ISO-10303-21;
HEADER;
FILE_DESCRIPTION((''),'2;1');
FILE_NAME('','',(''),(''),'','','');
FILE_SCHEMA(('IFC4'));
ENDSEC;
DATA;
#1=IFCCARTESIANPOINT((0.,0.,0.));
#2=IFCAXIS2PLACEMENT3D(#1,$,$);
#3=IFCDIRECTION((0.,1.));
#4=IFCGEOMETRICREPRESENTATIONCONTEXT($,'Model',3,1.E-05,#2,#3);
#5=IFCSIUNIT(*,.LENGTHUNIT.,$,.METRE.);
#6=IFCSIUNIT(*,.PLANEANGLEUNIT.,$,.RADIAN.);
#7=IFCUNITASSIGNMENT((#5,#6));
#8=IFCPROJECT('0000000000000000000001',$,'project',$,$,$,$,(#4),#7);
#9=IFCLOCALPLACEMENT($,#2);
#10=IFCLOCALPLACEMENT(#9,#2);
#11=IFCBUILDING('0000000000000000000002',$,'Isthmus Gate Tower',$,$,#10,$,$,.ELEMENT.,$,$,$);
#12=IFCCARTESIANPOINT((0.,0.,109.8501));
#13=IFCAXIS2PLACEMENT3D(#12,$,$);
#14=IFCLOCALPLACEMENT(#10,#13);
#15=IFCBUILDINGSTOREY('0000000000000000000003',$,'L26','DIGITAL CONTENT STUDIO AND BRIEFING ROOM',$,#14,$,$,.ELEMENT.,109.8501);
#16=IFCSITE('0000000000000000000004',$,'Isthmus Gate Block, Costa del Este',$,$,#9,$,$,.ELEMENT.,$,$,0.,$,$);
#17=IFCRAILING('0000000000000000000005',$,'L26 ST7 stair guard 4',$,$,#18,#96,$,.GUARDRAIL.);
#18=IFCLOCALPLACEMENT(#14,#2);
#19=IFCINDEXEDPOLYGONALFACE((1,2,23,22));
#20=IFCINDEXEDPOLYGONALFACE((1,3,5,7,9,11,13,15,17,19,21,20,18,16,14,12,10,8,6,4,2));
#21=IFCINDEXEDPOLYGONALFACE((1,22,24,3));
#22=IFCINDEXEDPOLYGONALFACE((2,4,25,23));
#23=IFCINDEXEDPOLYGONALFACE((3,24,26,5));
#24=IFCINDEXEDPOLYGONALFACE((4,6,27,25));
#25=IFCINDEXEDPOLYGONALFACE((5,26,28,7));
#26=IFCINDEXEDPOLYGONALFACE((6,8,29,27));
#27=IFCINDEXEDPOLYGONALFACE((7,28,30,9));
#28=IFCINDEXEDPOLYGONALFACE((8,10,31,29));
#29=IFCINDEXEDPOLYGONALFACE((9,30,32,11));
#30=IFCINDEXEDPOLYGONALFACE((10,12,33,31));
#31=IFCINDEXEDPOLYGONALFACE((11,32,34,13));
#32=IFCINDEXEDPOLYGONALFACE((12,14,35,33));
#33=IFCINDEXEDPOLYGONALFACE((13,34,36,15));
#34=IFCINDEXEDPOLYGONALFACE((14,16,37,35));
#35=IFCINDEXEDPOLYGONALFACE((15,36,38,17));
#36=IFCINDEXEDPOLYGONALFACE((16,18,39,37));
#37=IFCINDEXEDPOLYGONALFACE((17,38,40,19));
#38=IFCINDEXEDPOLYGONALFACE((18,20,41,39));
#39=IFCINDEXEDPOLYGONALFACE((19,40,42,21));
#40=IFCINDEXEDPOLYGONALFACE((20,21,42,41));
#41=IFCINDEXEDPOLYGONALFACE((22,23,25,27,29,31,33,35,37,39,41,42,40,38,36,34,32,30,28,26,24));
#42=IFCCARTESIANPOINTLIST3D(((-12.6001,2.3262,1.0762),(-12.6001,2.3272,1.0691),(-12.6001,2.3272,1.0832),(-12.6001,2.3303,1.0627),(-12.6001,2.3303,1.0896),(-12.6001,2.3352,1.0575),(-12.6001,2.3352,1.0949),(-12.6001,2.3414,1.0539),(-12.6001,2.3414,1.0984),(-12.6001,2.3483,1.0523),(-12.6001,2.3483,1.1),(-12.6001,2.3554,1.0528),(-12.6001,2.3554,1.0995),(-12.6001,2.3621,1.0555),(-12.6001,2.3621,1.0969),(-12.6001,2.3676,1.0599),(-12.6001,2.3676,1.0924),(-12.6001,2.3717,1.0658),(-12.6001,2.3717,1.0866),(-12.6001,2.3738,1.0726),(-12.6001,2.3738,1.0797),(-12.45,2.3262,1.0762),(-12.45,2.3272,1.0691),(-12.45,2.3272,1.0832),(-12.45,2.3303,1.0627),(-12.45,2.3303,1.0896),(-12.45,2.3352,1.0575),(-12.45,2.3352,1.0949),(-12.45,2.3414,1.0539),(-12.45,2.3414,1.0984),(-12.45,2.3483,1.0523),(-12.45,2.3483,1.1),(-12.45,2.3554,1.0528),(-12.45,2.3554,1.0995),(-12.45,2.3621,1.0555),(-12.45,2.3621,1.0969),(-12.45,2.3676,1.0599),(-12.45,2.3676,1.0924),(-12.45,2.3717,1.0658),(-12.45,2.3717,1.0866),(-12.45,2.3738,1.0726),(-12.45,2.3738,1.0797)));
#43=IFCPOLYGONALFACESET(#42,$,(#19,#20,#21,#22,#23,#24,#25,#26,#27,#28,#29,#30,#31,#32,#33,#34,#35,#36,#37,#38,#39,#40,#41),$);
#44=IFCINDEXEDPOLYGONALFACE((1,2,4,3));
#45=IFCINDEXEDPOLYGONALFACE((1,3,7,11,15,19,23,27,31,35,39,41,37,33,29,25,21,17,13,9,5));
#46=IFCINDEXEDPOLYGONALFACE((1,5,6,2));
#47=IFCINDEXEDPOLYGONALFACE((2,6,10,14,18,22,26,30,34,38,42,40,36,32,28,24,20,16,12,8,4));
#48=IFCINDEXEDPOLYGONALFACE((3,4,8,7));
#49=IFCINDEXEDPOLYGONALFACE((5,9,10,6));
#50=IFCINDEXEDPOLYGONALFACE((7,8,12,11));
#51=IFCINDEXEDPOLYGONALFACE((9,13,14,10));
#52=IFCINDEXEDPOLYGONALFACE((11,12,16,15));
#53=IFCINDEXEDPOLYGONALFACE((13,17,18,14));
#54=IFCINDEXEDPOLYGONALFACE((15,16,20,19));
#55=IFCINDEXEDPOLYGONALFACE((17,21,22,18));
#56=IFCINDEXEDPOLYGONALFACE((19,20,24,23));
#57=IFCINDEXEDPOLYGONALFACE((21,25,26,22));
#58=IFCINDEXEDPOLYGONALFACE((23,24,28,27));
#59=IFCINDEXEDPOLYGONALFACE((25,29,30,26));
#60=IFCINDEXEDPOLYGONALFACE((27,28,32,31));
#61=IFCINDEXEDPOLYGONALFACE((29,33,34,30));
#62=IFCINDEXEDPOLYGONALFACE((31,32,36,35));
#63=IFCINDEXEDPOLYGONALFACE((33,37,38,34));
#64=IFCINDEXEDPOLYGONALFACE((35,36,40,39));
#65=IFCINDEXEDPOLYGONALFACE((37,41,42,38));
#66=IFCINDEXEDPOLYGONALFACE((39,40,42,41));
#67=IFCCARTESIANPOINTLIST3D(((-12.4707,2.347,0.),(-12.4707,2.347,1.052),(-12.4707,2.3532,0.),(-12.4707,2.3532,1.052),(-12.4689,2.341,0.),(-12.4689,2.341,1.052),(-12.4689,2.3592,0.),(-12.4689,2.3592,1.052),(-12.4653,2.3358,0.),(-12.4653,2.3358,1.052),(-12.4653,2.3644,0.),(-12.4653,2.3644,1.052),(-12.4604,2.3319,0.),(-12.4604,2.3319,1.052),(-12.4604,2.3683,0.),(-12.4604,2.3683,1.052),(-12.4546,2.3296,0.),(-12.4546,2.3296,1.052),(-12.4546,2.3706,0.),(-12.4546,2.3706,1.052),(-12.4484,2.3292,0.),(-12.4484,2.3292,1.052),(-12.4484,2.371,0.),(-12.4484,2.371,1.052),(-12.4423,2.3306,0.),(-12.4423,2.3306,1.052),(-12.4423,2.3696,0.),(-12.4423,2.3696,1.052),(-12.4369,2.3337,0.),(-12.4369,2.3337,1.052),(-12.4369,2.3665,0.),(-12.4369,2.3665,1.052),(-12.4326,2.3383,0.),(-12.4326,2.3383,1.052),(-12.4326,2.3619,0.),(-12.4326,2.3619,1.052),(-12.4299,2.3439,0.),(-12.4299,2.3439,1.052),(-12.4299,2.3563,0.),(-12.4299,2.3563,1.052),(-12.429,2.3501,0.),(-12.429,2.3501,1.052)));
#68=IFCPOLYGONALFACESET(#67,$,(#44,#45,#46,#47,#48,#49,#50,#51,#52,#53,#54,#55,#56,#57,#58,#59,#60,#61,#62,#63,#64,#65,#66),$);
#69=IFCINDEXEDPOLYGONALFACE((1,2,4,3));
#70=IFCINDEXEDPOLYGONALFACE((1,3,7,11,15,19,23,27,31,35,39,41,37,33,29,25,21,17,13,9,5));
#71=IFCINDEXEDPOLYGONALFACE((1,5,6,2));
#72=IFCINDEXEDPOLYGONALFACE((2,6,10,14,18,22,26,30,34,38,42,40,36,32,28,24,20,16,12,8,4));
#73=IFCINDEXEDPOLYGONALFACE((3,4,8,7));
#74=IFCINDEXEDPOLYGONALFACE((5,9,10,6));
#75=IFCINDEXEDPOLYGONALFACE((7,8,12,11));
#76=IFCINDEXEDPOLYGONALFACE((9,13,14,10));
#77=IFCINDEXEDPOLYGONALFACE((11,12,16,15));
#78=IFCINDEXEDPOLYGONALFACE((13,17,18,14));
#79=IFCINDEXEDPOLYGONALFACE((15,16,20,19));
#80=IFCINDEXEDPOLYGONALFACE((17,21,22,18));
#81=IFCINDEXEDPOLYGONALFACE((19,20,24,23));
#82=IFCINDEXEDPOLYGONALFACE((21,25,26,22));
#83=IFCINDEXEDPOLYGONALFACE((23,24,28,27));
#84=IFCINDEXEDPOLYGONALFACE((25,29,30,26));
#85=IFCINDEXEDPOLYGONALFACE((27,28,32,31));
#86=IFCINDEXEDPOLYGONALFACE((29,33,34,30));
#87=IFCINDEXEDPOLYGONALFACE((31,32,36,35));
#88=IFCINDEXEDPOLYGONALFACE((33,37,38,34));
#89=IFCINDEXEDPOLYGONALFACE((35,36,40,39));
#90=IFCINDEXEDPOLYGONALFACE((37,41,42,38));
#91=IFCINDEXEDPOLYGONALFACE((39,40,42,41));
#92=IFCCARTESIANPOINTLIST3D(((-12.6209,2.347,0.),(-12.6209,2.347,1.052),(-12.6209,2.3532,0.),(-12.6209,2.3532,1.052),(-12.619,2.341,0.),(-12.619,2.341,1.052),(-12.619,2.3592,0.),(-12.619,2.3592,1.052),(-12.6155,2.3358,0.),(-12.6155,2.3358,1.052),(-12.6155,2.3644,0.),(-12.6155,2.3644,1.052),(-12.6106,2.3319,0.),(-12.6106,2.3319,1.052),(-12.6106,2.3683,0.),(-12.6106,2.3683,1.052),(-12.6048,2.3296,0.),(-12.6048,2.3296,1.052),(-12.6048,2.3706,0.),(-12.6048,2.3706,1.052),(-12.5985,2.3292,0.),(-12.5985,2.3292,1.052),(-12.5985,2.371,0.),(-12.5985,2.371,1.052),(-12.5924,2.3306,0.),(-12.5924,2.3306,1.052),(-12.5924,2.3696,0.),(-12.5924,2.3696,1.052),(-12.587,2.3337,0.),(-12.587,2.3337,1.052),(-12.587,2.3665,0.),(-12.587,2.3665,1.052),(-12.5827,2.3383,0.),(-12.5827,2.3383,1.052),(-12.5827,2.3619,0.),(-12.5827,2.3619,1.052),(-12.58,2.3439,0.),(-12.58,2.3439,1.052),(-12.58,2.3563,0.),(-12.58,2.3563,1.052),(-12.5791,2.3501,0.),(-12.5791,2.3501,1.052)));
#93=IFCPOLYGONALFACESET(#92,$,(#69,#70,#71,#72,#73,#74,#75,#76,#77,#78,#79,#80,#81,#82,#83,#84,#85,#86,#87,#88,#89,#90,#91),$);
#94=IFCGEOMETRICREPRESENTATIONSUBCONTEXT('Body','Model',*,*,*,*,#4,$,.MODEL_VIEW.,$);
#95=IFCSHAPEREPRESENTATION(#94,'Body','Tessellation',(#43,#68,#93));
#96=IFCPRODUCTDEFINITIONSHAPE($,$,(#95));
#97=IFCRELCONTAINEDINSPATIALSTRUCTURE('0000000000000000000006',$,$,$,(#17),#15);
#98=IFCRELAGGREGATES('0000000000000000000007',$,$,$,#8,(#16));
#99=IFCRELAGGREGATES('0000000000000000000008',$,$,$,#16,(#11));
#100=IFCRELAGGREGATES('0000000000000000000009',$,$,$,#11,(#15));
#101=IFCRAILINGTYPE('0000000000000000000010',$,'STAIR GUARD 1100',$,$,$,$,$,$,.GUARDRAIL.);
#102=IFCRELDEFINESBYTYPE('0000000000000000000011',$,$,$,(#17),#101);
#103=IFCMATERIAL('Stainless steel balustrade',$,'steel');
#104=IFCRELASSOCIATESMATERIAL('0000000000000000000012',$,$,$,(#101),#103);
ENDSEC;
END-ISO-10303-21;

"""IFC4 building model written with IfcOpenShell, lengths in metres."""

from ifc_helpers import new_model, si_unit, direction, frame, origin, origin_2d, place, context, subcontext, project, spatial, circle, extrude, material, type_object, element, save


model = new_model("IFC4")

# Units and contexts
model_context = context("Model", 3, precision=1e-05, world=origin(), true_north=direction((0.0, 1.0)))
body_context = subcontext(model_context, "Body", "Model", "MODEL_VIEW")
ifc_project = project(units=[si_unit("LENGTHUNIT", "METRE"), si_unit("PLANEANGLEUNIT", "RADIAN")], contexts=[model_context])

# Site, building, storey
site_placement = place(None, origin())
site = spatial("IfcSite", under=ifc_project, at=site_placement, Name="Isthmus Gate Block, Costa del Este", CompositionType="ELEMENT", RefElevation=0.0)
building_placement = place(site_placement, origin())
building = spatial("IfcBuilding", under=site, at=building_placement, Name="Isthmus Gate Tower", CompositionType="ELEMENT")
storey_placement = place(building_placement, frame((0.0, 0.0, 109.8501)))
storey = spatial("IfcBuildingStorey", under=building, at=storey_placement, Name="L26", Description="DIGITAL CONTENT STUDIO AND BRIEFING ROOM", CompositionType="ELEMENT", Elevation=109.8501)

# Railing
ifc_material_1 = material(Name="Stainless steel balustrade", Category="steel")
railing_type_1 = type_object("IfcRailingType", Name="STAIR GUARD 1100", PredefinedType="GUARDRAIL", material=ifc_material_1)
railing_1_placement = place(storey_placement, frame((-12.45, 2.3501, 0.0)))
element("IfcRailing", 1, at=railing_1_placement, inside=storey, type_object=railing_type_1, Name="L26 ST7 stair guard 4", PredefinedType="GUARDRAIL", context=body_context, shape_type="SweptSolid", body=[
    extrude(circle(Radius=0.0239, at=origin_2d()), frame((0.0, 0.0, 1.0762), z_axis=(-1.0, 0.0, 0.0), x_axis=(0.0, -1.0, 0.0)), (0.0, 0.0, 1.0), 0.1501),
    extrude(circle(Radius=0.021, at=origin_2d()), origin(), (0.0, 0.0, 1.0), 1.052),
    extrude(circle(Radius=0.021, at=origin_2d()), frame((-0.1501, 0.0, 0.0)), (0.0, 0.0, 1.0), 1.052),
])

save(model, "model.ifc")
